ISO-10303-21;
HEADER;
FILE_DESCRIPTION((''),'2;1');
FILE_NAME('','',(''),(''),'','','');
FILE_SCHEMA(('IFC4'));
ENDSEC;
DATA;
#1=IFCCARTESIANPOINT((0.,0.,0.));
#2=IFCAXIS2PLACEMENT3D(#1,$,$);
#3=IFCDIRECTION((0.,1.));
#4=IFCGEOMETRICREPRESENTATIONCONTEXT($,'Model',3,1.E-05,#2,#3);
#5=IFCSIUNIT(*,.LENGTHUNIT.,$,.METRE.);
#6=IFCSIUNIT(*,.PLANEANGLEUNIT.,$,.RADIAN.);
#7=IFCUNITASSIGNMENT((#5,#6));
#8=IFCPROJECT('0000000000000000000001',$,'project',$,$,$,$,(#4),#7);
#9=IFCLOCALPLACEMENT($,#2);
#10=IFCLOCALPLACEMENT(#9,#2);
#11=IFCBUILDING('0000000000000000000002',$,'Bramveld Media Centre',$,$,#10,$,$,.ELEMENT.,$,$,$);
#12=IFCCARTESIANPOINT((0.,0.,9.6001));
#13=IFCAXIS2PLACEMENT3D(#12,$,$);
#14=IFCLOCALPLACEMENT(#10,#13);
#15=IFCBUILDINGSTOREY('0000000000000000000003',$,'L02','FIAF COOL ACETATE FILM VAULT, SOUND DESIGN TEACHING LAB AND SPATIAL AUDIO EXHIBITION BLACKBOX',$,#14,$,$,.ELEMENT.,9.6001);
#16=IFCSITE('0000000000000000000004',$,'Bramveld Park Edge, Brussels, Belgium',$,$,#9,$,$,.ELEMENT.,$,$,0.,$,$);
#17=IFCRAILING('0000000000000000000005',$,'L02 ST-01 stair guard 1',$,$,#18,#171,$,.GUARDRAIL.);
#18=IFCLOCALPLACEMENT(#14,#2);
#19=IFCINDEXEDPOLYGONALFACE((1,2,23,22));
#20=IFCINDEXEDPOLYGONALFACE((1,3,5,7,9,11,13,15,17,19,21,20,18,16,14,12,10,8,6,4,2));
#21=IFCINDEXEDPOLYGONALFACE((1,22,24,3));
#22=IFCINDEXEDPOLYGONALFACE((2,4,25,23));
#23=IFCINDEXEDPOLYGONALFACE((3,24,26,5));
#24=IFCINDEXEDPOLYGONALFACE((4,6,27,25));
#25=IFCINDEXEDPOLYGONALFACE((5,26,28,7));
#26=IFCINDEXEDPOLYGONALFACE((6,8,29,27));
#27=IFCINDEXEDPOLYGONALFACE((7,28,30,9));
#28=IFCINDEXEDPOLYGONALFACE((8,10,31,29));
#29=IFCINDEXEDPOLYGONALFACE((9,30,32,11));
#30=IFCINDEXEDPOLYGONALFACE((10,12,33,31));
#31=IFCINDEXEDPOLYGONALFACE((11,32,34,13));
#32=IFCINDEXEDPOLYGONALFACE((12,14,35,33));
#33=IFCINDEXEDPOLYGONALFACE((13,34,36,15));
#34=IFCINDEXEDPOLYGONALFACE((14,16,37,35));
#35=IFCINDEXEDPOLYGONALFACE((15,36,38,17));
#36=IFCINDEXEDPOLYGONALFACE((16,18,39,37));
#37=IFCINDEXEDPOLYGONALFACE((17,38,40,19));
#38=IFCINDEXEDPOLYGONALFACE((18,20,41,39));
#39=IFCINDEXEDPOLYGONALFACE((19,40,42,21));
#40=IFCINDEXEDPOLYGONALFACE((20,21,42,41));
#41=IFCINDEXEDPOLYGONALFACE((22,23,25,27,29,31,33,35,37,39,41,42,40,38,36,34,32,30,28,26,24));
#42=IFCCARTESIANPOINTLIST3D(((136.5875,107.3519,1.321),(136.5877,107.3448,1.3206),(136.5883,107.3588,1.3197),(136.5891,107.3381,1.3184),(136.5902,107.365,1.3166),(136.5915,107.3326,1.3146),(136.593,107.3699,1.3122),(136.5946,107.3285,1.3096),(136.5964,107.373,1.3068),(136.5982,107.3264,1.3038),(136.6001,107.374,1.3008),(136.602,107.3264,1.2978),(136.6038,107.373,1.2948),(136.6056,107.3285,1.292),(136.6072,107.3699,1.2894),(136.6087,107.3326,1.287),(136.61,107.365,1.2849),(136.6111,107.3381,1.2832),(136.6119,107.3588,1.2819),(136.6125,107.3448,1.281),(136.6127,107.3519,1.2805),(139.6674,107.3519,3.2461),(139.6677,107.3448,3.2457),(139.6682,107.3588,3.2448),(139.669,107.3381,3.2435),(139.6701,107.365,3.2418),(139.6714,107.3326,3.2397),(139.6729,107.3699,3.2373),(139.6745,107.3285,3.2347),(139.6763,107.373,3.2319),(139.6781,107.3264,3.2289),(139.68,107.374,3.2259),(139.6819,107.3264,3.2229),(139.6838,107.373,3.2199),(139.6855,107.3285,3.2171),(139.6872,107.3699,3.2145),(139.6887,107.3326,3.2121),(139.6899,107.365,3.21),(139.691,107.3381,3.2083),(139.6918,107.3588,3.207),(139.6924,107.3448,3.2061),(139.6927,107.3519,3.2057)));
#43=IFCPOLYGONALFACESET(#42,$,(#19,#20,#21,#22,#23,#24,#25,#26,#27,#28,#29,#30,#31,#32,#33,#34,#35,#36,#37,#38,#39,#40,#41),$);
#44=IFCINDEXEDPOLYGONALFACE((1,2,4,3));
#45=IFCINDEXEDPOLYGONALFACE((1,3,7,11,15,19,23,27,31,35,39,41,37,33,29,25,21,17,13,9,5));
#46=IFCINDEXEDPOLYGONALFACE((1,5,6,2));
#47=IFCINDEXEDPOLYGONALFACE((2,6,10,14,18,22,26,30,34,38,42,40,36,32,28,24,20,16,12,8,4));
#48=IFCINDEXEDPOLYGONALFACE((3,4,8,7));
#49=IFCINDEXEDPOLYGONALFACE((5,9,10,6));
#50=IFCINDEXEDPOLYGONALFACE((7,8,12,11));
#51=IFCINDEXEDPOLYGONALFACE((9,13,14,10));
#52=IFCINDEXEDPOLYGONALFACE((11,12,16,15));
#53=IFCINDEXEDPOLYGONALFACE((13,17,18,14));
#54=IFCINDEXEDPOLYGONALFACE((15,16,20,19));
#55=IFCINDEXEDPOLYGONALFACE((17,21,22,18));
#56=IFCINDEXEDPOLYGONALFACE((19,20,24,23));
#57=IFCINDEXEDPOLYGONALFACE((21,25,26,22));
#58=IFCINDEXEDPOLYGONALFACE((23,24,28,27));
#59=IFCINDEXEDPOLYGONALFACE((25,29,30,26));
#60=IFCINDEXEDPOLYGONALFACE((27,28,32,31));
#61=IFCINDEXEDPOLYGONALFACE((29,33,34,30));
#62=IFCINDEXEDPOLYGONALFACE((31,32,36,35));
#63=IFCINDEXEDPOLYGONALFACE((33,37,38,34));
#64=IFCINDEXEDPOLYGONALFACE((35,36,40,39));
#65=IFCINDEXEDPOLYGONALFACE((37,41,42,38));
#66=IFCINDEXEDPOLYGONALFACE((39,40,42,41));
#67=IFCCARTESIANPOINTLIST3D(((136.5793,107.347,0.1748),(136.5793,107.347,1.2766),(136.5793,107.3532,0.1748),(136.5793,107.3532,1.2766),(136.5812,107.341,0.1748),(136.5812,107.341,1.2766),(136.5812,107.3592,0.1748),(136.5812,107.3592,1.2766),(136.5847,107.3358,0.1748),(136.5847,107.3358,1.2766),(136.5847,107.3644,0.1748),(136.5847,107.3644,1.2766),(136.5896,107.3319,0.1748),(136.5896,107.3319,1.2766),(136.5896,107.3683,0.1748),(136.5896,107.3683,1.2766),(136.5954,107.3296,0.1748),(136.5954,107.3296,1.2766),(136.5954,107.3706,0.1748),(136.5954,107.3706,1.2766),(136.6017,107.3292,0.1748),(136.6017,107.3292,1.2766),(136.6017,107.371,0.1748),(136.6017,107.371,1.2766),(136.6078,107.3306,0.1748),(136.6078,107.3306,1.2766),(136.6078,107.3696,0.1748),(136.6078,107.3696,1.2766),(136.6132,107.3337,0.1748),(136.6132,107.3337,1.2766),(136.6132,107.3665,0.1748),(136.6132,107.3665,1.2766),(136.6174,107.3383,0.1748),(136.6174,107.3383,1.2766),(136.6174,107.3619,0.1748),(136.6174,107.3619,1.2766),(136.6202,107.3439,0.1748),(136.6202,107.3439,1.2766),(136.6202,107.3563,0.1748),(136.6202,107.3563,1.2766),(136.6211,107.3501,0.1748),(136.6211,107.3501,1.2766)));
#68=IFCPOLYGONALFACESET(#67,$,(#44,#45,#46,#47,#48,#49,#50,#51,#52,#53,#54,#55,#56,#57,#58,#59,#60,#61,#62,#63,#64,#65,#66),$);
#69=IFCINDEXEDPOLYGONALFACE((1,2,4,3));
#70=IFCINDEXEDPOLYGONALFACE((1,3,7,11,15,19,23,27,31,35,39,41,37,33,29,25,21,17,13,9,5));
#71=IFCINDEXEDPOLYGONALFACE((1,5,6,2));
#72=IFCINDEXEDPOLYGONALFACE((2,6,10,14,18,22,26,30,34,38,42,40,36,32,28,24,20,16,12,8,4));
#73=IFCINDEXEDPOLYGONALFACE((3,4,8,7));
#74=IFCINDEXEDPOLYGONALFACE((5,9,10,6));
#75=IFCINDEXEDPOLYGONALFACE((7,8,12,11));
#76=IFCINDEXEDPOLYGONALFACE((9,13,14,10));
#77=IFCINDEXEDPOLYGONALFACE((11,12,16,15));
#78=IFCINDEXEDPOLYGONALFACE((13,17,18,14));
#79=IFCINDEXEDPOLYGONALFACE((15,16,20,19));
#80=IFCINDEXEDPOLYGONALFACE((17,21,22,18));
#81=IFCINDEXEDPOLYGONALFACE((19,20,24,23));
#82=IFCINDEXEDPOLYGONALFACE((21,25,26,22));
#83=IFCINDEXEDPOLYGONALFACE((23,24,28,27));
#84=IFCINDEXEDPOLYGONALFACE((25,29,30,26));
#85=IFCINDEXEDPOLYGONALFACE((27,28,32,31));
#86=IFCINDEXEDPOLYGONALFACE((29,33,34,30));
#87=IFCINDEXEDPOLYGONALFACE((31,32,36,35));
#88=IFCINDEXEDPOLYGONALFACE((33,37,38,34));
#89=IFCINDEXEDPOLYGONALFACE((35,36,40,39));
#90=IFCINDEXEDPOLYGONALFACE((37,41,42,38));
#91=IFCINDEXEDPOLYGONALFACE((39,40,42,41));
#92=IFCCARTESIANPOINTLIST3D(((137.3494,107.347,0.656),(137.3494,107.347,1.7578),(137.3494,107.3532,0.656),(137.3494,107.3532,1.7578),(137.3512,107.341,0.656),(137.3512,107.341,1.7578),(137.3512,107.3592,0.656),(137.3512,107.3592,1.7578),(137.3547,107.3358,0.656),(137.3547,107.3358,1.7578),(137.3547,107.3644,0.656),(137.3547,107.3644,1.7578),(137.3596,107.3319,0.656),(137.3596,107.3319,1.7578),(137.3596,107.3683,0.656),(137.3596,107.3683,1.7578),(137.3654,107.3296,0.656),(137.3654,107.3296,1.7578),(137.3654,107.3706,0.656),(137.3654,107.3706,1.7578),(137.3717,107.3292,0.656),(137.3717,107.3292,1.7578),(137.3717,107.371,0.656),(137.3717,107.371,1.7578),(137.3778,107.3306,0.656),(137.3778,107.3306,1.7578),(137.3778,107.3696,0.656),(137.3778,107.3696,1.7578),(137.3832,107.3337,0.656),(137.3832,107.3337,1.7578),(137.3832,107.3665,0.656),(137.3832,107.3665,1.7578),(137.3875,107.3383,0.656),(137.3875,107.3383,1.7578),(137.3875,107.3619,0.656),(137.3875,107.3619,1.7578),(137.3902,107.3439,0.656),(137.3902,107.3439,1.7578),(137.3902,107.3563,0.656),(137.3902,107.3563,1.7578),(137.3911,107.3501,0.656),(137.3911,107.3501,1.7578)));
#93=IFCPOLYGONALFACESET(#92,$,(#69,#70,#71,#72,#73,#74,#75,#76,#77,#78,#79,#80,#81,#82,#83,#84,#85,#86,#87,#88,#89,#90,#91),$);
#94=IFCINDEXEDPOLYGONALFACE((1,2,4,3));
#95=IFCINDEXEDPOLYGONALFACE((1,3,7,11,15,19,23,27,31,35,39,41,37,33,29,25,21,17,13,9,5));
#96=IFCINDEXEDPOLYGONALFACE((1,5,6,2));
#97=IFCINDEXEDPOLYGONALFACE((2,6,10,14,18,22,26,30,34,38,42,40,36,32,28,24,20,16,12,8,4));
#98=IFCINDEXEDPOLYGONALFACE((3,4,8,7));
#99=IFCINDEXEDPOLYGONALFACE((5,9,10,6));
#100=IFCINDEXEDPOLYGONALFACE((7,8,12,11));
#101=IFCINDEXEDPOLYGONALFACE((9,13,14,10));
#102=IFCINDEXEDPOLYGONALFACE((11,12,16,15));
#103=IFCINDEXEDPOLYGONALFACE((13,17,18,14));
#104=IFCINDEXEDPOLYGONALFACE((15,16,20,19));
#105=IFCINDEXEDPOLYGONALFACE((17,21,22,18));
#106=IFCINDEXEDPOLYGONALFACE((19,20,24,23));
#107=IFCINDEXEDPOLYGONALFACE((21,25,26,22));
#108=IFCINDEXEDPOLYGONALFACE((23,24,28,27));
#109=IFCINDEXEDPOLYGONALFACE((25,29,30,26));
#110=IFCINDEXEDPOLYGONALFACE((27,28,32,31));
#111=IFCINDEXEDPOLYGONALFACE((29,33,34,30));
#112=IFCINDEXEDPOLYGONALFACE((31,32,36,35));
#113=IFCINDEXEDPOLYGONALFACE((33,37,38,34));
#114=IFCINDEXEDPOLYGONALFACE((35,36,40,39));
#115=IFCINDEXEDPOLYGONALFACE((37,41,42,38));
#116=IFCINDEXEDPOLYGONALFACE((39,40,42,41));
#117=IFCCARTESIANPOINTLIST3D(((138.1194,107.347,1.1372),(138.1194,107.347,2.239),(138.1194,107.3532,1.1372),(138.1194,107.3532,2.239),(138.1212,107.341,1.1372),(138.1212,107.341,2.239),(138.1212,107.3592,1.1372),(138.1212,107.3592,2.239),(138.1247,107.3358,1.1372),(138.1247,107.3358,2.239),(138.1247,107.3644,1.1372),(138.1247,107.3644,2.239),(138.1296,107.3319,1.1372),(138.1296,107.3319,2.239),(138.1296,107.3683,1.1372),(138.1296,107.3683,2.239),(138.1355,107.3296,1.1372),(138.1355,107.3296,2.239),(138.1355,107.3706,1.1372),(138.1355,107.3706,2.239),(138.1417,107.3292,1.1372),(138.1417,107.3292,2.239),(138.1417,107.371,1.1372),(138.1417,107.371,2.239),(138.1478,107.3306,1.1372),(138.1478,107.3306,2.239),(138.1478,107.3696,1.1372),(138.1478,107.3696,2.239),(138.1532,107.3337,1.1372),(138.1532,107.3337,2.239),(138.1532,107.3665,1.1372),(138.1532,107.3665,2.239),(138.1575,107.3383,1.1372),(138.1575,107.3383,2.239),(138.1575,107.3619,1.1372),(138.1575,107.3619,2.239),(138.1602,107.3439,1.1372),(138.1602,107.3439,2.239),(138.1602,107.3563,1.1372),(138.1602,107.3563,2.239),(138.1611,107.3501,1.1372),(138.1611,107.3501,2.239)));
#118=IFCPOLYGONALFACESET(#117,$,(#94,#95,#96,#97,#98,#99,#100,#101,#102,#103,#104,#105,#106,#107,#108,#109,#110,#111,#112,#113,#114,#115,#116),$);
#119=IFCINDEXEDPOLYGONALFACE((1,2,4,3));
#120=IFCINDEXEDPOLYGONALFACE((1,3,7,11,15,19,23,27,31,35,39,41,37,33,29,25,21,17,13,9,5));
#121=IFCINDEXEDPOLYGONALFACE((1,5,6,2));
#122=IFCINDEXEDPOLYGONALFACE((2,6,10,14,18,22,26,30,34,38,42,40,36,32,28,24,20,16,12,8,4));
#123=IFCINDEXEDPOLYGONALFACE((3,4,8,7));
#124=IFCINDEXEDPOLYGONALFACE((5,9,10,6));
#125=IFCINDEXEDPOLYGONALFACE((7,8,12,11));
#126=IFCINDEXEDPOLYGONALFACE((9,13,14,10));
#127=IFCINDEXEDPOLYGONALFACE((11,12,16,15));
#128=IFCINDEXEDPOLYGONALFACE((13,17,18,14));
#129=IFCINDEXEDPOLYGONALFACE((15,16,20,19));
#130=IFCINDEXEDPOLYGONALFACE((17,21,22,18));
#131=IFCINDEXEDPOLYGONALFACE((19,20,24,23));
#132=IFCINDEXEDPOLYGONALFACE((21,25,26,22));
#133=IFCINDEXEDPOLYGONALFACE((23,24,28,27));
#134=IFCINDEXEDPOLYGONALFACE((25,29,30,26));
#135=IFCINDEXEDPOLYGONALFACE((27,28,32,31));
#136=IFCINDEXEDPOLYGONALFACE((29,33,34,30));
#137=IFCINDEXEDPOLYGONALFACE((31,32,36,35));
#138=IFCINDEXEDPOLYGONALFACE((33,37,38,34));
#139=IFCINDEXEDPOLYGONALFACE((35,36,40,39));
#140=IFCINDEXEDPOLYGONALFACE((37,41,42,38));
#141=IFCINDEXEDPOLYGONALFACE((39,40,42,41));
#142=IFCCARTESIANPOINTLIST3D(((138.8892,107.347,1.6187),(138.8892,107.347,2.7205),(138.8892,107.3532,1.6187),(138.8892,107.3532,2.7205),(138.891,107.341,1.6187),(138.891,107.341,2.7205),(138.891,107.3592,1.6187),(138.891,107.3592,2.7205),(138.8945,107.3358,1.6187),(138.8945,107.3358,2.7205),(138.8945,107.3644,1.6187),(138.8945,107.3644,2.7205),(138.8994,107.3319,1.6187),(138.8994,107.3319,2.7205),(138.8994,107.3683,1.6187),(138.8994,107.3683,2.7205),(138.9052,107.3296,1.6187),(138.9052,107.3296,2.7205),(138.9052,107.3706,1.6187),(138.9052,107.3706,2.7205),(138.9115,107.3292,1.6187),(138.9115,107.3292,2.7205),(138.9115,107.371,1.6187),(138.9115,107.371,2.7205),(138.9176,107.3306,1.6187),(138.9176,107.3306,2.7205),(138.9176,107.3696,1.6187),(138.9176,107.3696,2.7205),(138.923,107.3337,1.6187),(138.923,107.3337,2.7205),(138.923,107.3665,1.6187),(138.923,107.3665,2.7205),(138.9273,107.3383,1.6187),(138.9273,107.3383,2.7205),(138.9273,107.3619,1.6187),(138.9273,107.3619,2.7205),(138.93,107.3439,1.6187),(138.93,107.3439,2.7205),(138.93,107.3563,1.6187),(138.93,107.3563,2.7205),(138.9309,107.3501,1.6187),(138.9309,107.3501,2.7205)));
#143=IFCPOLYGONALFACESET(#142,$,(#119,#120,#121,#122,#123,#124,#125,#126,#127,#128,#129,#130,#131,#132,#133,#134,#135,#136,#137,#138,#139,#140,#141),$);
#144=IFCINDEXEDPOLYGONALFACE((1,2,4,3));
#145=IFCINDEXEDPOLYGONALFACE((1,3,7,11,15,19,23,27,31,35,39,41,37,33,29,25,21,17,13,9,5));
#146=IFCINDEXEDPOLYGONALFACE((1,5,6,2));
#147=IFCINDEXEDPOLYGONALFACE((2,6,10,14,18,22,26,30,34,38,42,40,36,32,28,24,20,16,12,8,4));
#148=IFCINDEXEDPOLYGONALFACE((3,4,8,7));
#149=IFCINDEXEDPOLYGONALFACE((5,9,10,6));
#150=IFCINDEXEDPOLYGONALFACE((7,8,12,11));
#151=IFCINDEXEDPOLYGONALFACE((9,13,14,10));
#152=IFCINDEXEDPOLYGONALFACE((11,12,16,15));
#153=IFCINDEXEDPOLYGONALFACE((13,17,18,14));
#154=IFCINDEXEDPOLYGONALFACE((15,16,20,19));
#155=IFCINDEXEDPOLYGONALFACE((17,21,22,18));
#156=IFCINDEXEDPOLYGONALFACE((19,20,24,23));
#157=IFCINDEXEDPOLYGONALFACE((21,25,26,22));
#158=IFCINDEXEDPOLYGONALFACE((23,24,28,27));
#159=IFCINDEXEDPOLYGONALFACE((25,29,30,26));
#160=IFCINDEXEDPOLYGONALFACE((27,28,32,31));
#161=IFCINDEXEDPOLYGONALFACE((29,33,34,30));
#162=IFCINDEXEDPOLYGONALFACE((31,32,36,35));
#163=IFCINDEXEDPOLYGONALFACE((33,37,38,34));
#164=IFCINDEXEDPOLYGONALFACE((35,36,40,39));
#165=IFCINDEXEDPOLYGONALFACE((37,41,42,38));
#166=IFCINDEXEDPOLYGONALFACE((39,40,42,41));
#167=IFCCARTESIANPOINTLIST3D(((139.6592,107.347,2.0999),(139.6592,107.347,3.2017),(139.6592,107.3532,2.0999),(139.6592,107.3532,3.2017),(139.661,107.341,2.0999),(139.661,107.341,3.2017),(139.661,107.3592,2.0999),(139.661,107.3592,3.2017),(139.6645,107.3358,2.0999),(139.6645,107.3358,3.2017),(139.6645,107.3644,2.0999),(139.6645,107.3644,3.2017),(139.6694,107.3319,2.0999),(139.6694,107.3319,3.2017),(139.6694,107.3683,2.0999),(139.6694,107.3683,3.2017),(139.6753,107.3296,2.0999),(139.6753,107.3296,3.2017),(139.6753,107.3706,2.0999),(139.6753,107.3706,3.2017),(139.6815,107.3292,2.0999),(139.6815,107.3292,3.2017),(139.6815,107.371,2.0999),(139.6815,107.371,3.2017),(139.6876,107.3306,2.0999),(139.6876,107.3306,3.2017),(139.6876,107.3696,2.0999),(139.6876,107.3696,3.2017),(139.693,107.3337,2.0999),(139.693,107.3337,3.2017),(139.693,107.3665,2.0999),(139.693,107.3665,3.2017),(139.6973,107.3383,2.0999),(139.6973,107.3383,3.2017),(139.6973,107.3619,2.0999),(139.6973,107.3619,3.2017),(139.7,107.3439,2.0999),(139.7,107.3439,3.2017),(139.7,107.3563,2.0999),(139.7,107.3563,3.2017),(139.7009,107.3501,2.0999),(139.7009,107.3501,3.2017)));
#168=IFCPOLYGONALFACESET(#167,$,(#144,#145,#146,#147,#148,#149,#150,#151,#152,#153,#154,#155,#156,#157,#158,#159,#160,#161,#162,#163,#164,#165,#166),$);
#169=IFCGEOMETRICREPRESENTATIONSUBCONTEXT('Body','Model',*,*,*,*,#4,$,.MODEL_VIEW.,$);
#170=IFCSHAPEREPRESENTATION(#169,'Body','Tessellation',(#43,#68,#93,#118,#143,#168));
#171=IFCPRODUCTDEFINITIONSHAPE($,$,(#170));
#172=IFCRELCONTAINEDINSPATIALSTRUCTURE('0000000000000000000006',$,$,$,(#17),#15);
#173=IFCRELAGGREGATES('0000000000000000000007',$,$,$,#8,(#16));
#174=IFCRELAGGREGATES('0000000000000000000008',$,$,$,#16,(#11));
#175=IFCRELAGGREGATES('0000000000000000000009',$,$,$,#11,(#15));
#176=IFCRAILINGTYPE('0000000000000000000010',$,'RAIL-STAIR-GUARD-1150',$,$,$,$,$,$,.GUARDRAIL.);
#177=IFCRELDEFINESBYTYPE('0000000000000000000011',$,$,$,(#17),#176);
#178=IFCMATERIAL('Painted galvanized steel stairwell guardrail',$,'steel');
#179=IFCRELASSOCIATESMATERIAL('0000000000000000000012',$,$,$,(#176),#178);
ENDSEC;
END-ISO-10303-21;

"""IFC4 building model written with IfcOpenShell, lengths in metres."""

from ifc_helpers import new_model, si_unit, direction, frame, origin, origin_2d, place, context, subcontext, project, spatial, circle, extrude, material, type_object, element, save


model = new_model("IFC4")

# Units and contexts
model_context = context("Model", 3, precision=1e-05, world=origin(), true_north=direction((0.0, 1.0)))
body_context = subcontext(model_context, "Body", "Model", "MODEL_VIEW")
ifc_project = project(units=[si_unit("LENGTHUNIT", "METRE"), si_unit("PLANEANGLEUNIT", "RADIAN")], contexts=[model_context])

# Site, building, storey
site_placement = place(None, origin())
site = spatial("IfcSite", under=ifc_project, at=site_placement, Name="Bramveld Park Edge, Brussels, Belgium", CompositionType="ELEMENT", RefElevation=0.0)
building_placement = place(site_placement, origin())
building = spatial("IfcBuilding", under=site, at=building_placement, Name="Bramveld Media Centre", CompositionType="ELEMENT")
storey_placement = place(building_placement, frame((0.0, 0.0, 9.6001)))
storey = spatial("IfcBuildingStorey", under=building, at=storey_placement, Name="L02", Description="FIAF COOL ACETATE FILM VAULT, SOUND DESIGN TEACHING LAB AND SPATIAL AUDIO EXHIBITION BLACKBOX", CompositionType="ELEMENT", Elevation=9.6001)

# Railing
ifc_material_1 = material(Name="Painted galvanized steel stairwell guardrail", Category="steel")
railing_type_1 = type_object("IfcRailingType", Name="RAIL-STAIR-GUARD-1150", PredefinedType="GUARDRAIL", material=ifc_material_1)
railing_1_placement = place(storey_placement, frame((136.6001, 107.3501, 0.1748)))
element("IfcRailing", 1, at=railing_1_placement, inside=storey, type_object=railing_type_1, Name="L02 ST-01 stair guard 1", PredefinedType="GUARDRAIL", context=body_context, shape_type="SweptSolid", body=[
    extrude(circle(Radius=0.0239, at=origin_2d()), frame((0.0, 0.0, 1.126), z_axis=(0.847979, 0.0, 0.530029), x_axis=(0.0, 1.0, 0.0)), (0.0, 0.0, 1.0), 3.6321),
    extrude(circle(Radius=0.021, at=origin_2d()), origin(), (0.0, 0.0, 1.0), 1.1018),
    extrude(circle(Radius=0.021, at=origin_2d()), frame((0.77, 0.0, 0.4812)), (0.0, 0.0, 1.0), 1.1018),
    extrude(circle(Radius=0.021, at=origin_2d()), frame((1.54, 0.0, 0.9624)), (0.0, 0.0, 1.0), 1.1018),
    extrude(circle(Radius=0.021, at=origin_2d()), frame((2.3098, 0.0, 1.4438)), (0.0, 0.0, 1.0), 1.1018),
    extrude(circle(Radius=0.021, at=origin_2d()), frame((3.0798, 0.0, 1.925)), (0.0, 0.0, 1.0), 1.1018),
])

save(model, "model.ifc")
